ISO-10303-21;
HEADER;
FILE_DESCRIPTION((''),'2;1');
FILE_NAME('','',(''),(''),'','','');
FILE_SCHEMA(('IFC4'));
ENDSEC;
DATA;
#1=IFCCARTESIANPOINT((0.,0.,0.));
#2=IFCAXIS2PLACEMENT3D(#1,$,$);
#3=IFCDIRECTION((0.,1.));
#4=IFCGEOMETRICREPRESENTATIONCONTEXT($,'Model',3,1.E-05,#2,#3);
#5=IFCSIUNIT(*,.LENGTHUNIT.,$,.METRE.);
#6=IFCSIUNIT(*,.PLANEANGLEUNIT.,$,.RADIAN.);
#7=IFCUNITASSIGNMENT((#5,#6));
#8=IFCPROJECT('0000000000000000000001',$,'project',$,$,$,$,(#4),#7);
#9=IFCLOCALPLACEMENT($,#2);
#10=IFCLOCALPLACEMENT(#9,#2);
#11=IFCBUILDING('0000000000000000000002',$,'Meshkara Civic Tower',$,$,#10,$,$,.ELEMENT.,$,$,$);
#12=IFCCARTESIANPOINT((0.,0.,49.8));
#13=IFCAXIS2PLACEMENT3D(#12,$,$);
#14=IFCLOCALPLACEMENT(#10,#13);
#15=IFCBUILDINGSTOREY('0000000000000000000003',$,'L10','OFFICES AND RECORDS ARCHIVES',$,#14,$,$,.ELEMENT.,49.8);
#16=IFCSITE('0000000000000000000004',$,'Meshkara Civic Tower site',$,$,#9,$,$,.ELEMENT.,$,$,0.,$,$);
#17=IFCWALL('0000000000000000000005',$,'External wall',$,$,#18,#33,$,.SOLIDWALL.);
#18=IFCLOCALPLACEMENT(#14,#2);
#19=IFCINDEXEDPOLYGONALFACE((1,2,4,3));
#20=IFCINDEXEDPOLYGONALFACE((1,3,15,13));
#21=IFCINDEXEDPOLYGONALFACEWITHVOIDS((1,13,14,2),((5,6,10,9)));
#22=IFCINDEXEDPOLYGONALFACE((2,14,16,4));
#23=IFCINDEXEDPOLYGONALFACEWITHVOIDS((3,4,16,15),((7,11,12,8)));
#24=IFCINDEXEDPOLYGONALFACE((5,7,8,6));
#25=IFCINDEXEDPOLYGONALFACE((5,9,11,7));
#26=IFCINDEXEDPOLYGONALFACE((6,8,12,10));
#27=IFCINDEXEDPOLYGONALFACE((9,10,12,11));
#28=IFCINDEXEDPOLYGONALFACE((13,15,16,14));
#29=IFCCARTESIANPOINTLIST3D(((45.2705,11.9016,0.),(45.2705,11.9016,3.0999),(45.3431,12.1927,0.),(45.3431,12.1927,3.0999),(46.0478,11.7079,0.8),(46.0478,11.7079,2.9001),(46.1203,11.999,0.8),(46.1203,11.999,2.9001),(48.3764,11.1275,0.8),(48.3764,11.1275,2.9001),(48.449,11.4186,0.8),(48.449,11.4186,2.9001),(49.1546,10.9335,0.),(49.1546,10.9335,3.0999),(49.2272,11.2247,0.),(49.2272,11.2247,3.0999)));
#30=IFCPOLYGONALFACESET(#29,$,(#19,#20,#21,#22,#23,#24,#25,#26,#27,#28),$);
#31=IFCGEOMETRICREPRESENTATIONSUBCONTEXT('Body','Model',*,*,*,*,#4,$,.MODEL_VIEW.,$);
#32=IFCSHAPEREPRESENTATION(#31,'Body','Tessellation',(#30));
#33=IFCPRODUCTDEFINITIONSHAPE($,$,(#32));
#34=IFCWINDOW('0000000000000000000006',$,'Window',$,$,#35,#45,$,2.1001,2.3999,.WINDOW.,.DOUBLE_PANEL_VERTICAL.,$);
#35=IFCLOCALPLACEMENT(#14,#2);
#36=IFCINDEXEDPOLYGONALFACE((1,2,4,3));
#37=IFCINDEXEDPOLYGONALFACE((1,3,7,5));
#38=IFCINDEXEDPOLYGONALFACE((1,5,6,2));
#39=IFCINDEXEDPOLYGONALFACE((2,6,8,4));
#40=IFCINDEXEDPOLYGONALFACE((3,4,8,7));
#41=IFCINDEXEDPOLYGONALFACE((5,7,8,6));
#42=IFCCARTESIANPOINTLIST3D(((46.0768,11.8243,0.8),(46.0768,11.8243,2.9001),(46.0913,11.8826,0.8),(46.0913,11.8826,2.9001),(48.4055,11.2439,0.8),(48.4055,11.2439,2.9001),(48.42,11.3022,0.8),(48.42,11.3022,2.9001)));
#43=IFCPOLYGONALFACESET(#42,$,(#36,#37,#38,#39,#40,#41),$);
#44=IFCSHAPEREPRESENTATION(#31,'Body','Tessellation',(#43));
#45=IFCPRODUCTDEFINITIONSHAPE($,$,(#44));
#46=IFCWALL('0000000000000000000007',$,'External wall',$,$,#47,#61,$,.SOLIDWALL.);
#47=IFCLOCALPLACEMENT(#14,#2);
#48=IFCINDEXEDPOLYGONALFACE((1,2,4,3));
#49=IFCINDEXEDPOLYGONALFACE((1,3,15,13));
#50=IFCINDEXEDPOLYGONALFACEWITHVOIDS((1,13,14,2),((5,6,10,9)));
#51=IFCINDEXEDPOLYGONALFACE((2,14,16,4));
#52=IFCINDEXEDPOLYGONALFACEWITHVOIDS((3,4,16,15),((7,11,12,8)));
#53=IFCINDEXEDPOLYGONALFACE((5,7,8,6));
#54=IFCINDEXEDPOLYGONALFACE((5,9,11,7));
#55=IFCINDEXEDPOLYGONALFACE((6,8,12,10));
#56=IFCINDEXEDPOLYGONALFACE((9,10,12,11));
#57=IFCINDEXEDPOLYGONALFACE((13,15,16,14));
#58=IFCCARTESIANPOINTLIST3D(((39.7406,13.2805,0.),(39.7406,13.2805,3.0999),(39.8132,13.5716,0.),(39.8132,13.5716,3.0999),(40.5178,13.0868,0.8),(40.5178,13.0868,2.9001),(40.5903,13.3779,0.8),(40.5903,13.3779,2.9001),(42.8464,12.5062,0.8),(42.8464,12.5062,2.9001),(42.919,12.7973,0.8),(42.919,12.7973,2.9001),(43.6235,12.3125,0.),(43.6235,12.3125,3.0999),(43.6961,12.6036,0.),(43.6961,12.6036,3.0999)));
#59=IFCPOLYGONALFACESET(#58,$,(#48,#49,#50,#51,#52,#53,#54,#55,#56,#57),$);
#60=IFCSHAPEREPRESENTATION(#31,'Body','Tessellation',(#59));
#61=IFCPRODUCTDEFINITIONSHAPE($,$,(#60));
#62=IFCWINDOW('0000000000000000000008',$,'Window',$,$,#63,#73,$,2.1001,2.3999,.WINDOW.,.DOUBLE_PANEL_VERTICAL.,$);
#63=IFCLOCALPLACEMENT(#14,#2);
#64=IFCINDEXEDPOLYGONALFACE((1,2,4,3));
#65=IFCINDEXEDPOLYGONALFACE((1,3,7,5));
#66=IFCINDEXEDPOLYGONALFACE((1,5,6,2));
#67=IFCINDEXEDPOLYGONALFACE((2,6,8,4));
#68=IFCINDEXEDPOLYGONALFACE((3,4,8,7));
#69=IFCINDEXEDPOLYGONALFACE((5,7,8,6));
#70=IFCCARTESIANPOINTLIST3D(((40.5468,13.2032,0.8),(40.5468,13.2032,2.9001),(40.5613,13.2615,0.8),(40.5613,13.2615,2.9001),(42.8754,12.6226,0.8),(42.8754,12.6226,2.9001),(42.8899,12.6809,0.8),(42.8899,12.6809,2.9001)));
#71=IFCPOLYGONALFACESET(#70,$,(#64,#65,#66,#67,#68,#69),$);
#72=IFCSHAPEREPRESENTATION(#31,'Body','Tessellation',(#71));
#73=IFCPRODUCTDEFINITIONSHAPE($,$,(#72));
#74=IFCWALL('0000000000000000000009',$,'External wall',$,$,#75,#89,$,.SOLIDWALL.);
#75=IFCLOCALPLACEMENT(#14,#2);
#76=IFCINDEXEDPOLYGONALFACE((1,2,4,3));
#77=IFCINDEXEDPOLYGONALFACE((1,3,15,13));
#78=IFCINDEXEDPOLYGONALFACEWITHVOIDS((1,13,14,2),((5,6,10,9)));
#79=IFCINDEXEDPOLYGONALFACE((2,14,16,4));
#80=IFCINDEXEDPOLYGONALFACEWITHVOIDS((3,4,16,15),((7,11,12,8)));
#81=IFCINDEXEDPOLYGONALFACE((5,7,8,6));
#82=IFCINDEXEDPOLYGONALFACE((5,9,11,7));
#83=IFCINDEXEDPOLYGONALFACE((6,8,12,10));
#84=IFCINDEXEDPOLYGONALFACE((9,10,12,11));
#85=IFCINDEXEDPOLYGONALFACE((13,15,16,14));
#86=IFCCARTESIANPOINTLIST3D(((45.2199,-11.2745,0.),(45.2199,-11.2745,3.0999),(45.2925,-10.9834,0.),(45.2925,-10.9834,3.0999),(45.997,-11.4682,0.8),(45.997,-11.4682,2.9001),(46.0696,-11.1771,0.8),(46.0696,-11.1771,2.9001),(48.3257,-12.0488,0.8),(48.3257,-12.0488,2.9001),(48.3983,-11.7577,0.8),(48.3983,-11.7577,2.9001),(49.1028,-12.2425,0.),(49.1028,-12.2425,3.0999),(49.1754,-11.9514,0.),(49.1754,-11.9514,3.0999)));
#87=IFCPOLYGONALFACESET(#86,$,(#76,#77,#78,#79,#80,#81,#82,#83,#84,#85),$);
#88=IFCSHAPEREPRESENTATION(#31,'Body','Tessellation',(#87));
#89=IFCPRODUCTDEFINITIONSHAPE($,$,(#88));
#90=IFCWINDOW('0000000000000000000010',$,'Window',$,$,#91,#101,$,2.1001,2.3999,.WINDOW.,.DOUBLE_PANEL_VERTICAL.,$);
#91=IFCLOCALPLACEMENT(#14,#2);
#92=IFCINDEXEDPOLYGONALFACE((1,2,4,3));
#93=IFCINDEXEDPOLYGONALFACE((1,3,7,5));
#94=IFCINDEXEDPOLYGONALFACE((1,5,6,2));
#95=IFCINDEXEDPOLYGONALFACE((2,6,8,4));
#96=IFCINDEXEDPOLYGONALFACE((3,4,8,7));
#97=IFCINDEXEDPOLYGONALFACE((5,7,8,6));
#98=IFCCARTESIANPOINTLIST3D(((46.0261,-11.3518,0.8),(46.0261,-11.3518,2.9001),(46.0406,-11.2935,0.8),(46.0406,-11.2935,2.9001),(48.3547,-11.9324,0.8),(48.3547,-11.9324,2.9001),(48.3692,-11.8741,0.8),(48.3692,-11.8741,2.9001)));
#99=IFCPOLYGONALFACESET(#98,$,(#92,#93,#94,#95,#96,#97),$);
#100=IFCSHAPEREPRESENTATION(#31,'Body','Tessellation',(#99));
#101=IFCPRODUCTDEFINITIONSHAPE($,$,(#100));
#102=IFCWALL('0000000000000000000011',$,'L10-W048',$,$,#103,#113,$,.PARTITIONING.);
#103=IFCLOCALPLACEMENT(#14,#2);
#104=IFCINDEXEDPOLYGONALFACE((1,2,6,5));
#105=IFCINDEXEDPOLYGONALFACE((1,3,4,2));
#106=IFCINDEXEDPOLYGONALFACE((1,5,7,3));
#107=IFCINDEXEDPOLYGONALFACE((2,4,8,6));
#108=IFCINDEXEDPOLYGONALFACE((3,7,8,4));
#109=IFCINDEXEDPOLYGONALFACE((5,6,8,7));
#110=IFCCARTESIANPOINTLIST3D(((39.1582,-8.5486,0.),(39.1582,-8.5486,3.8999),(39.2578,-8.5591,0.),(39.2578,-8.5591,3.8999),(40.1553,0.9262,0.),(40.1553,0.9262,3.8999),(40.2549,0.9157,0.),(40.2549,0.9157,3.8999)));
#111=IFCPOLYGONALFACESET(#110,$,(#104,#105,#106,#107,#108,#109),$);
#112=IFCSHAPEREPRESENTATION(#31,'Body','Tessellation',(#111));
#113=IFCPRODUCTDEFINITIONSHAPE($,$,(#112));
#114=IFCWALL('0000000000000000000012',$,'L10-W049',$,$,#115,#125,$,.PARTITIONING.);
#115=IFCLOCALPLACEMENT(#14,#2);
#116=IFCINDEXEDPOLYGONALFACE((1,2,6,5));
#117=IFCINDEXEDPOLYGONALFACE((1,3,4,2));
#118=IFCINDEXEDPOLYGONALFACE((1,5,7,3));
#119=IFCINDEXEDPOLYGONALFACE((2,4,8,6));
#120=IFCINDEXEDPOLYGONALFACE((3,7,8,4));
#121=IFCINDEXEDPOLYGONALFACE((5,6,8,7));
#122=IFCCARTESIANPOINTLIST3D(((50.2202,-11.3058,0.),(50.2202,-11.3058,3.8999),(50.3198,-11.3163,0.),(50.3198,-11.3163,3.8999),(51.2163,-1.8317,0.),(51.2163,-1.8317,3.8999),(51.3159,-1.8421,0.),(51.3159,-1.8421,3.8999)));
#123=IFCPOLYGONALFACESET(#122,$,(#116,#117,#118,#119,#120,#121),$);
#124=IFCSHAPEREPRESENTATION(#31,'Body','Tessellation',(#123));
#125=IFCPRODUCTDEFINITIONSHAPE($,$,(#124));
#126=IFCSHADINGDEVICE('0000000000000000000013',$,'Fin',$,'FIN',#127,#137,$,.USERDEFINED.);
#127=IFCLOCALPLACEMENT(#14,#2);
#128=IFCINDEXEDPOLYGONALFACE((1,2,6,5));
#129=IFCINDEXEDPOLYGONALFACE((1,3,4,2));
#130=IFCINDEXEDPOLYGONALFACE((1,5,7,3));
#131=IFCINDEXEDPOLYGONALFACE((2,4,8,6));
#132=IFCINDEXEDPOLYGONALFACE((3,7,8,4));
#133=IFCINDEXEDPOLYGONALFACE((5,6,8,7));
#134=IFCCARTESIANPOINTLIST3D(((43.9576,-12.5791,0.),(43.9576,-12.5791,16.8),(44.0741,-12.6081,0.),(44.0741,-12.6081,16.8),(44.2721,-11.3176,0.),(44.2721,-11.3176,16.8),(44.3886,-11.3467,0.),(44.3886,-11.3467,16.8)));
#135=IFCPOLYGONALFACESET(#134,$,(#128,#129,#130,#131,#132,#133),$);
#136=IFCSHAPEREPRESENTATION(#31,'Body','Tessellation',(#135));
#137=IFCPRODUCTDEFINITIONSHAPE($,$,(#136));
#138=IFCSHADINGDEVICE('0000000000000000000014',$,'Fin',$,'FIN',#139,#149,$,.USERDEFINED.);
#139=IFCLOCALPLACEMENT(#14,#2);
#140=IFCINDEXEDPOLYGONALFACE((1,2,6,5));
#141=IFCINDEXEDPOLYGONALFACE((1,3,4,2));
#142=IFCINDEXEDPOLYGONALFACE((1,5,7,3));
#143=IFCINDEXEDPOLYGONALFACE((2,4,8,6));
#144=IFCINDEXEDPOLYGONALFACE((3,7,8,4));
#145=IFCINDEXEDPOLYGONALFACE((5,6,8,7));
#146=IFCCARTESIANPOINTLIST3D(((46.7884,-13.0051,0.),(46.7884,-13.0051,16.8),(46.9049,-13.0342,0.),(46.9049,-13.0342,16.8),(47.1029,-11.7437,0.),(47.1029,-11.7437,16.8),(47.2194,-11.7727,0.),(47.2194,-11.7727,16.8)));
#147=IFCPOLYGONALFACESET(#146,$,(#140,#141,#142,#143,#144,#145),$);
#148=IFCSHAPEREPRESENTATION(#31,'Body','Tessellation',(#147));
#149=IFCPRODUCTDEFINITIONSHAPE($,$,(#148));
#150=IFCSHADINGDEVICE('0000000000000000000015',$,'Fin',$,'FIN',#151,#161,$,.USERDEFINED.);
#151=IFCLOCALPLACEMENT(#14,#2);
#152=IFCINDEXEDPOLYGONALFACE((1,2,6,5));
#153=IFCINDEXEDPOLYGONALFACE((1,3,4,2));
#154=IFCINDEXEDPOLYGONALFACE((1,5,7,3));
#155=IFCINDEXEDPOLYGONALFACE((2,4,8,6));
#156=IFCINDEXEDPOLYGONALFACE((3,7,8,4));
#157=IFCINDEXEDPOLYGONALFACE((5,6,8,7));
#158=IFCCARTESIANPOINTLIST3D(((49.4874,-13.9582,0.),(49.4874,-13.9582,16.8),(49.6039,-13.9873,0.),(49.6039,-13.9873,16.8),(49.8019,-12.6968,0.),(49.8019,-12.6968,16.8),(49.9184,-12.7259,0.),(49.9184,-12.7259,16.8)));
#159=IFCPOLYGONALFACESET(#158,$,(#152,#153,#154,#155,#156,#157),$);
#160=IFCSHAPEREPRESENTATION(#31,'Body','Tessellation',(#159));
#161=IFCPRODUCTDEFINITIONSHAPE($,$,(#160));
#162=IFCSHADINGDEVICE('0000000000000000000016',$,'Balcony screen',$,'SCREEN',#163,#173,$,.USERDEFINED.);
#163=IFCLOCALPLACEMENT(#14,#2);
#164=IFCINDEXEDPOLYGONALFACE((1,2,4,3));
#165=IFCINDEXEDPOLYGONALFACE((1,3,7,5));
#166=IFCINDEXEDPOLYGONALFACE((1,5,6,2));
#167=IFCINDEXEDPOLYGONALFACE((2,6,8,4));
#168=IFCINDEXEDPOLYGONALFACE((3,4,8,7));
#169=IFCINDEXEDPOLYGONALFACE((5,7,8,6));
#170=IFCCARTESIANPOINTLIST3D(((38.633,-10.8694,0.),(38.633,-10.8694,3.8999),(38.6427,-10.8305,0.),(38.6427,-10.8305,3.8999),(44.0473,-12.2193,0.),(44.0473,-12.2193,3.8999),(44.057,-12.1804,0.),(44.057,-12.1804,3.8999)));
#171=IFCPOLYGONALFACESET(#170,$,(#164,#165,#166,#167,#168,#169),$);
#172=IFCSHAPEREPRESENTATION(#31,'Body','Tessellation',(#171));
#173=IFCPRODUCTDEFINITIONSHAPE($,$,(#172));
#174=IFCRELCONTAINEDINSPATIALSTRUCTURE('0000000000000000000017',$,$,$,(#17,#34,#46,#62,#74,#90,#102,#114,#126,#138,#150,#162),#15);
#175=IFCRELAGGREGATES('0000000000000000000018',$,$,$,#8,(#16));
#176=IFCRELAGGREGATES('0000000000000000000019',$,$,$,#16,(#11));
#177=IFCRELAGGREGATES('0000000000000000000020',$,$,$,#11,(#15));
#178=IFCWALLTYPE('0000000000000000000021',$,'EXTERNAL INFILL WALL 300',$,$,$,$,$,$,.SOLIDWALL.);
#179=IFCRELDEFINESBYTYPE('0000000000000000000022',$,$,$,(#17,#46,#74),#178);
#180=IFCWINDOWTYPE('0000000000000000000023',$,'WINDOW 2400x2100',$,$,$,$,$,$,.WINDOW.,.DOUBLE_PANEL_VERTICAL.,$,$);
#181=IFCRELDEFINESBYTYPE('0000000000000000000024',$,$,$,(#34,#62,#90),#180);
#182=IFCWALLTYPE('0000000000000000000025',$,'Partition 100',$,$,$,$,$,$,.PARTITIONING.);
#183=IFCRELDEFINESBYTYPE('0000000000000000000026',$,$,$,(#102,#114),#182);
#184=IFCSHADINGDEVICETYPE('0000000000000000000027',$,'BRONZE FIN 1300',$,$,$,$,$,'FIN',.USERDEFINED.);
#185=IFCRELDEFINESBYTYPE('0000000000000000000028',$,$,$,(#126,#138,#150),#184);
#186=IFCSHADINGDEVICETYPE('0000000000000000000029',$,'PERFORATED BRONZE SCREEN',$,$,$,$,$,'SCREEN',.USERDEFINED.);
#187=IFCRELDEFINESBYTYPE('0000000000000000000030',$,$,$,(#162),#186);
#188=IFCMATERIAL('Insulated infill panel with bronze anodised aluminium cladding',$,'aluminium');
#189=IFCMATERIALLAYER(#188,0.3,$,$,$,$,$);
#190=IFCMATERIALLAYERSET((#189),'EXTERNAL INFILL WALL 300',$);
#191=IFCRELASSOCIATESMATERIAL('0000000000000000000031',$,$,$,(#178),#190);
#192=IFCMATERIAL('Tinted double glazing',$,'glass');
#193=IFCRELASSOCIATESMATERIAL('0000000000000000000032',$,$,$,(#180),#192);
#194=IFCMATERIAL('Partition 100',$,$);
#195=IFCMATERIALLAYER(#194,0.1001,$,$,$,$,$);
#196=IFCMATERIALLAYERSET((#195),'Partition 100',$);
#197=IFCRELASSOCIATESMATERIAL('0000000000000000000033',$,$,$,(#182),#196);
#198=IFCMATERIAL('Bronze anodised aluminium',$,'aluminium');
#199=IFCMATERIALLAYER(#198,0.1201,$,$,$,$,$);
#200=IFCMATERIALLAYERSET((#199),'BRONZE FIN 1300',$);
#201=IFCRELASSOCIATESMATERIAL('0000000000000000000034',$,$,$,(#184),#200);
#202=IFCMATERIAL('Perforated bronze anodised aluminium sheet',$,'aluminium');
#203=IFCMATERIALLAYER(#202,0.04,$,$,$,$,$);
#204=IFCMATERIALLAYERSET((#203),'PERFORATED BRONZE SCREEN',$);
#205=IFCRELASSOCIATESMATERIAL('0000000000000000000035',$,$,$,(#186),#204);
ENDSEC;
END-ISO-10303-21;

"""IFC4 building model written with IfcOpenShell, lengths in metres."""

from ifc_helpers import new_model, si_unit, direction, frame, frame_2d, origin, origin_2d, place, context, subcontext, project, spatial, rectangle, extrude, material, layer, layer_set, type_object, element, fill, save


model = new_model("IFC4")

# Units and contexts
model_context = context("Model", 3, precision=1e-05, world=origin(), true_north=direction((0.0, 1.0)))
body_context = subcontext(model_context, "Body", "Model", "MODEL_VIEW")
ifc_project = project(units=[si_unit("LENGTHUNIT", "METRE"), si_unit("PLANEANGLEUNIT", "RADIAN")], contexts=[model_context])

# Site, building, storey
site_placement = place(None, origin())
site = spatial("IfcSite", under=ifc_project, at=site_placement, Name="Meshkara Civic Tower site", CompositionType="ELEMENT", RefElevation=0.0)
building_placement = place(site_placement, origin())
building = spatial("IfcBuilding", under=site, at=building_placement, Name="Meshkara Civic Tower", CompositionType="ELEMENT")
storey_placement = place(building_placement, frame((0.0, 0.0, 49.8)))
storey = spatial("IfcBuildingStorey", under=building, at=storey_placement, Name="L10", Description="OFFICES AND RECORDS ARCHIVES", CompositionType="ELEMENT", Elevation=49.8)

# Walls, openings, windows
ifc_material_1 = material(Name="Insulated infill panel with bronze anodised aluminium cladding", Category="aluminium")
ifc_layer_1 = layer(ifc_material_1, 0.3)
ifc_layer_set_1 = layer_set([ifc_layer_1], Name="EXTERNAL INFILL WALL 300")
wall_type_1 = type_object("IfcWallType", Name="EXTERNAL INFILL WALL 300", PredefinedType="SOLIDWALL", material=ifc_layer_set_1)
wall_1_placement = place(storey_placement, frame((49.1909, 11.0791, 0.0), z_axis=(0.0, 0.0, 1.0), x_axis=(-0.970318, 0.241832, 0.0)))
wall_1 = element("IfcWall", 1, at=wall_1_placement, inside=storey, type_object=wall_type_1, Name="External wall", PredefinedType="SOLIDWALL", context=body_context, shape_type="SweptSolid", body=[
    extrude(rectangle(XDim=4.0029, YDim=0.3, at=frame_2d((2.0015, 0.0))), origin(), (0.0, 0.0, 1.0), 3.0999),
])
opening_1_placement = place(wall_1_placement, frame((0.802, 0.0, 0.8)))
opening_1 = element("IfcOpeningElement", 2, at=opening_1_placement, cuts=wall_1, PredefinedType="OPENING", context=body_context, shape_type="SweptSolid", body=[
    extrude(rectangle(XDim=2.3999, YDim=2.1001, at=frame_2d((1.2, 1.05))), frame((0.0, 0.1599, 0.0), z_axis=(0.0, -1.0, 0.0), x_axis=(1.0, 0.0, 0.0)), (0.0, 0.0, 1.0), 0.3201),
])
ifc_material_2 = material(Name="Tinted double glazing", Category="glass")
window_type = type_object("IfcWindowType", Name="WINDOW 2400x2100", PartitioningType="DOUBLE_PANEL_VERTICAL", PredefinedType="WINDOW", material=ifc_material_2)
window_1_placement = place(opening_1_placement, origin())
window_1 = element("IfcWindow", 3, at=window_1_placement, inside=storey, type_object=window_type, Name="Window", OverallHeight=2.1001, OverallWidth=2.3999, PartitioningType="DOUBLE_PANEL_VERTICAL", PredefinedType="WINDOW", context=body_context, shape_type="SweptSolid", body=[
    extrude(rectangle(XDim=2.3999, YDim=2.1001, at=frame_2d((1.2, 1.05))), frame((0.0, 0.03, 0.0), z_axis=(0.0, -1.0, 0.0), x_axis=(1.0, 0.0, 0.0)), (0.0, 0.0, 1.0), 0.0601),
])
fill(opening_1, window_1)
wall_2_placement = place(storey_placement, frame((43.6599, 12.458, 0.0), z_axis=(0.0, 0.0, 1.0), x_axis=(-0.9703, 0.241904, 0.0)))
wall_2 = element("IfcWall", 4, at=wall_2_placement, inside=storey, type_object=wall_type_1, Name="External wall", PredefinedType="SOLIDWALL", context=body_context, shape_type="SweptSolid", body=[
    extrude(rectangle(XDim=4.0017, YDim=0.3, at=frame_2d((2.001, 0.0))), origin(), (0.0, 0.0, 1.0), 3.0999),
])
opening_2_placement = place(wall_2_placement, frame((0.801, 0.0, 0.8)))
opening_2 = element("IfcOpeningElement", 5, at=opening_2_placement, cuts=wall_2, PredefinedType="OPENING", context=body_context, shape_type="SweptSolid", body=[
    extrude(rectangle(XDim=2.3999, YDim=2.1001, at=frame_2d((1.2, 1.05))), frame((0.0, 0.1599, 0.0), z_axis=(0.0, -1.0, 0.0), x_axis=(1.0, 0.0, 0.0)), (0.0, 0.0, 1.0), 0.3201),
])
window_2_placement = place(opening_2_placement, origin())
window_2 = element("IfcWindow", 6, at=window_2_placement, inside=storey, type_object=window_type, Name="Window", OverallHeight=2.1001, OverallWidth=2.3999, PartitioningType="DOUBLE_PANEL_VERTICAL", PredefinedType="WINDOW", context=body_context, shape_type="SweptSolid", body=[
    extrude(rectangle(XDim=2.3999, YDim=2.1001, at=frame_2d((1.2, 1.05))), frame((0.0, 0.03, 0.0), z_axis=(0.0, -1.0, 0.0), x_axis=(1.0, 0.0, 0.0)), (0.0, 0.0, 1.0), 0.0601),
])
fill(opening_2, window_2)
wall_3_placement = place(storey_placement, frame((45.2561, -11.1289, 0.0), z_axis=(0.0, 0.0, 1.0), x_axis=(0.9703, -0.241904, 0.0)))
wall_3 = element("IfcWall", 7, at=wall_3_placement, inside=storey, type_object=wall_type_1, Name="External wall", PredefinedType="SOLIDWALL", context=body_context, shape_type="SweptSolid", body=[
    extrude(rectangle(XDim=4.0017, YDim=0.3, at=frame_2d((2.001, 0.0))), origin(), (0.0, 0.0, 1.0), 3.0999),
])
opening_3_placement = place(wall_3_placement, frame((0.801, 0.0, 0.8)))
opening_3 = element("IfcOpeningElement", 8, at=opening_3_placement, cuts=wall_3, PredefinedType="OPENING", context=body_context, shape_type="SweptSolid", body=[
    extrude(rectangle(XDim=2.3999, YDim=2.1001, at=frame_2d((1.2, 1.05))), frame((0.0, 0.1599, 0.0), z_axis=(0.0, -1.0, 0.0), x_axis=(1.0, 0.0, 0.0)), (0.0, 0.0, 1.0), 0.3201),
])
window_3_placement = place(opening_3_placement, origin())
window_3 = element("IfcWindow", 9, at=window_3_placement, inside=storey, type_object=window_type, Name="Window", OverallHeight=2.1001, OverallWidth=2.3999, PartitioningType="DOUBLE_PANEL_VERTICAL", PredefinedType="WINDOW", context=body_context, shape_type="SweptSolid", body=[
    extrude(rectangle(XDim=2.3999, YDim=2.1001, at=frame_2d((1.2, 1.05))), frame((0.0, 0.03, 0.0), z_axis=(0.0, -1.0, 0.0), x_axis=(1.0, 0.0, 0.0)), (0.0, 0.0, 1.0), 0.0601),
])
fill(opening_3, window_3)

# Walls
ifc_material_3 = material(Name="Partition 100")
ifc_layer_2 = layer(ifc_material_3, 0.1001)
ifc_layer_set_2 = layer_set([ifc_layer_2], Name="Partition 100")
wall_type_2 = type_object("IfcWallType", Name="Partition 100", PredefinedType="PARTITIONING", material=ifc_layer_set_2)
wall_4_placement = place(storey_placement, frame((39.208, -8.554, 0.0), z_axis=(0.0, 0.0, 1.0), x_axis=(0.104655, 0.994509, 0.0)))
element("IfcWall", 10, at=wall_4_placement, inside=storey, type_object=wall_type_2, Name="L10-W048", PredefinedType="PARTITIONING", context=body_context, shape_type="SweptSolid", body=[
    extrude(rectangle(XDim=9.5271, YDim=0.1001, at=frame_2d((4.7637, 0.0))), origin(), (0.0, 0.0, 1.0), 3.8999),
])
wall_5_placement = place(storey_placement, frame((50.27, -11.311, 0.0), z_axis=(0.0, 0.0, 1.0), x_axis=(0.104562, 0.994518, 0.0)))
element("IfcWall", 11, at=wall_5_placement, inside=storey, type_object=wall_type_2, Name="L10-W049", PredefinedType="PARTITIONING", context=body_context, shape_type="SweptSolid", body=[
    extrude(rectangle(XDim=9.5264, YDim=0.1001, at=frame_2d((4.7632, 0.0))), origin(), (0.0, 0.0, 1.0), 3.8999),
])

# Shading devices
ifc_material_4 = material(Name="Bronze anodised aluminium", Category="aluminium")
ifc_layer_3 = layer(ifc_material_4, 0.1201)
ifc_layer_set_3 = layer_set([ifc_layer_3], Name="BRONZE FIN 1300")
shading_device_type_1 = type_object("IfcShadingDeviceType", Name="BRONZE FIN 1300", ElementType="FIN", PredefinedType="USERDEFINED", material=ifc_layer_set_3)
for number, where, z_axis, x_axis, name in (
    (12, (44.1731, -11.9629, 0.0), (0.0, 0.0, 1.0), (0.970296, -0.241922, 0.0), "Fin"),
    (13, (47.0039, -12.3889, 0.0), (0.0, 0.0, 1.0), (0.970296, -0.241922, 0.0), "Fin"),
    (14, (49.7029, -13.342, 0.0), (0.0, 0.0, 1.0), (0.970296, -0.241922, 0.0), "Fin"),
):
    element("IfcShadingDevice", number, at=place(storey_placement, frame(where, z_axis=z_axis, x_axis=x_axis)), inside=storey, type_object=shading_device_type_1, Name=name, ObjectType="FIN", PredefinedType="USERDEFINED", context=body_context, shape_type="SweptSolid", body=[
        extrude(rectangle(XDim=0.1201, YDim=1.3, at=origin_2d()), origin(), (0.0, 0.0, 1.0), 16.8),
    ])
ifc_material_5 = material(Name="Perforated bronze anodised aluminium sheet", Category="aluminium")
ifc_layer_4 = layer(ifc_material_5, 0.04)
ifc_layer_set_4 = layer_set([ifc_layer_4], Name="PERFORATED BRONZE SCREEN")
shading_device_type_2 = type_object("IfcShadingDeviceType", Name="PERFORATED BRONZE SCREEN", ElementType="SCREEN", PredefinedType="USERDEFINED", material=ifc_layer_set_4)
shading_device_placement = place(storey_placement, frame((41.345, -11.5249, 0.0), z_axis=(0.0, 0.0, 1.0), x_axis=(0.970296, -0.241922, 0.0)))
element("IfcShadingDevice", 15, at=shading_device_placement, inside=storey, type_object=shading_device_type_2, Name="Balcony screen", ObjectType="SCREEN", PredefinedType="USERDEFINED", context=body_context, shape_type="SweptSolid", body=[
    extrude(rectangle(XDim=5.5801, YDim=0.04, at=origin_2d()), origin(), (0.0, 0.0, 1.0), 3.8999),
])

save(model, "model.ifc")
